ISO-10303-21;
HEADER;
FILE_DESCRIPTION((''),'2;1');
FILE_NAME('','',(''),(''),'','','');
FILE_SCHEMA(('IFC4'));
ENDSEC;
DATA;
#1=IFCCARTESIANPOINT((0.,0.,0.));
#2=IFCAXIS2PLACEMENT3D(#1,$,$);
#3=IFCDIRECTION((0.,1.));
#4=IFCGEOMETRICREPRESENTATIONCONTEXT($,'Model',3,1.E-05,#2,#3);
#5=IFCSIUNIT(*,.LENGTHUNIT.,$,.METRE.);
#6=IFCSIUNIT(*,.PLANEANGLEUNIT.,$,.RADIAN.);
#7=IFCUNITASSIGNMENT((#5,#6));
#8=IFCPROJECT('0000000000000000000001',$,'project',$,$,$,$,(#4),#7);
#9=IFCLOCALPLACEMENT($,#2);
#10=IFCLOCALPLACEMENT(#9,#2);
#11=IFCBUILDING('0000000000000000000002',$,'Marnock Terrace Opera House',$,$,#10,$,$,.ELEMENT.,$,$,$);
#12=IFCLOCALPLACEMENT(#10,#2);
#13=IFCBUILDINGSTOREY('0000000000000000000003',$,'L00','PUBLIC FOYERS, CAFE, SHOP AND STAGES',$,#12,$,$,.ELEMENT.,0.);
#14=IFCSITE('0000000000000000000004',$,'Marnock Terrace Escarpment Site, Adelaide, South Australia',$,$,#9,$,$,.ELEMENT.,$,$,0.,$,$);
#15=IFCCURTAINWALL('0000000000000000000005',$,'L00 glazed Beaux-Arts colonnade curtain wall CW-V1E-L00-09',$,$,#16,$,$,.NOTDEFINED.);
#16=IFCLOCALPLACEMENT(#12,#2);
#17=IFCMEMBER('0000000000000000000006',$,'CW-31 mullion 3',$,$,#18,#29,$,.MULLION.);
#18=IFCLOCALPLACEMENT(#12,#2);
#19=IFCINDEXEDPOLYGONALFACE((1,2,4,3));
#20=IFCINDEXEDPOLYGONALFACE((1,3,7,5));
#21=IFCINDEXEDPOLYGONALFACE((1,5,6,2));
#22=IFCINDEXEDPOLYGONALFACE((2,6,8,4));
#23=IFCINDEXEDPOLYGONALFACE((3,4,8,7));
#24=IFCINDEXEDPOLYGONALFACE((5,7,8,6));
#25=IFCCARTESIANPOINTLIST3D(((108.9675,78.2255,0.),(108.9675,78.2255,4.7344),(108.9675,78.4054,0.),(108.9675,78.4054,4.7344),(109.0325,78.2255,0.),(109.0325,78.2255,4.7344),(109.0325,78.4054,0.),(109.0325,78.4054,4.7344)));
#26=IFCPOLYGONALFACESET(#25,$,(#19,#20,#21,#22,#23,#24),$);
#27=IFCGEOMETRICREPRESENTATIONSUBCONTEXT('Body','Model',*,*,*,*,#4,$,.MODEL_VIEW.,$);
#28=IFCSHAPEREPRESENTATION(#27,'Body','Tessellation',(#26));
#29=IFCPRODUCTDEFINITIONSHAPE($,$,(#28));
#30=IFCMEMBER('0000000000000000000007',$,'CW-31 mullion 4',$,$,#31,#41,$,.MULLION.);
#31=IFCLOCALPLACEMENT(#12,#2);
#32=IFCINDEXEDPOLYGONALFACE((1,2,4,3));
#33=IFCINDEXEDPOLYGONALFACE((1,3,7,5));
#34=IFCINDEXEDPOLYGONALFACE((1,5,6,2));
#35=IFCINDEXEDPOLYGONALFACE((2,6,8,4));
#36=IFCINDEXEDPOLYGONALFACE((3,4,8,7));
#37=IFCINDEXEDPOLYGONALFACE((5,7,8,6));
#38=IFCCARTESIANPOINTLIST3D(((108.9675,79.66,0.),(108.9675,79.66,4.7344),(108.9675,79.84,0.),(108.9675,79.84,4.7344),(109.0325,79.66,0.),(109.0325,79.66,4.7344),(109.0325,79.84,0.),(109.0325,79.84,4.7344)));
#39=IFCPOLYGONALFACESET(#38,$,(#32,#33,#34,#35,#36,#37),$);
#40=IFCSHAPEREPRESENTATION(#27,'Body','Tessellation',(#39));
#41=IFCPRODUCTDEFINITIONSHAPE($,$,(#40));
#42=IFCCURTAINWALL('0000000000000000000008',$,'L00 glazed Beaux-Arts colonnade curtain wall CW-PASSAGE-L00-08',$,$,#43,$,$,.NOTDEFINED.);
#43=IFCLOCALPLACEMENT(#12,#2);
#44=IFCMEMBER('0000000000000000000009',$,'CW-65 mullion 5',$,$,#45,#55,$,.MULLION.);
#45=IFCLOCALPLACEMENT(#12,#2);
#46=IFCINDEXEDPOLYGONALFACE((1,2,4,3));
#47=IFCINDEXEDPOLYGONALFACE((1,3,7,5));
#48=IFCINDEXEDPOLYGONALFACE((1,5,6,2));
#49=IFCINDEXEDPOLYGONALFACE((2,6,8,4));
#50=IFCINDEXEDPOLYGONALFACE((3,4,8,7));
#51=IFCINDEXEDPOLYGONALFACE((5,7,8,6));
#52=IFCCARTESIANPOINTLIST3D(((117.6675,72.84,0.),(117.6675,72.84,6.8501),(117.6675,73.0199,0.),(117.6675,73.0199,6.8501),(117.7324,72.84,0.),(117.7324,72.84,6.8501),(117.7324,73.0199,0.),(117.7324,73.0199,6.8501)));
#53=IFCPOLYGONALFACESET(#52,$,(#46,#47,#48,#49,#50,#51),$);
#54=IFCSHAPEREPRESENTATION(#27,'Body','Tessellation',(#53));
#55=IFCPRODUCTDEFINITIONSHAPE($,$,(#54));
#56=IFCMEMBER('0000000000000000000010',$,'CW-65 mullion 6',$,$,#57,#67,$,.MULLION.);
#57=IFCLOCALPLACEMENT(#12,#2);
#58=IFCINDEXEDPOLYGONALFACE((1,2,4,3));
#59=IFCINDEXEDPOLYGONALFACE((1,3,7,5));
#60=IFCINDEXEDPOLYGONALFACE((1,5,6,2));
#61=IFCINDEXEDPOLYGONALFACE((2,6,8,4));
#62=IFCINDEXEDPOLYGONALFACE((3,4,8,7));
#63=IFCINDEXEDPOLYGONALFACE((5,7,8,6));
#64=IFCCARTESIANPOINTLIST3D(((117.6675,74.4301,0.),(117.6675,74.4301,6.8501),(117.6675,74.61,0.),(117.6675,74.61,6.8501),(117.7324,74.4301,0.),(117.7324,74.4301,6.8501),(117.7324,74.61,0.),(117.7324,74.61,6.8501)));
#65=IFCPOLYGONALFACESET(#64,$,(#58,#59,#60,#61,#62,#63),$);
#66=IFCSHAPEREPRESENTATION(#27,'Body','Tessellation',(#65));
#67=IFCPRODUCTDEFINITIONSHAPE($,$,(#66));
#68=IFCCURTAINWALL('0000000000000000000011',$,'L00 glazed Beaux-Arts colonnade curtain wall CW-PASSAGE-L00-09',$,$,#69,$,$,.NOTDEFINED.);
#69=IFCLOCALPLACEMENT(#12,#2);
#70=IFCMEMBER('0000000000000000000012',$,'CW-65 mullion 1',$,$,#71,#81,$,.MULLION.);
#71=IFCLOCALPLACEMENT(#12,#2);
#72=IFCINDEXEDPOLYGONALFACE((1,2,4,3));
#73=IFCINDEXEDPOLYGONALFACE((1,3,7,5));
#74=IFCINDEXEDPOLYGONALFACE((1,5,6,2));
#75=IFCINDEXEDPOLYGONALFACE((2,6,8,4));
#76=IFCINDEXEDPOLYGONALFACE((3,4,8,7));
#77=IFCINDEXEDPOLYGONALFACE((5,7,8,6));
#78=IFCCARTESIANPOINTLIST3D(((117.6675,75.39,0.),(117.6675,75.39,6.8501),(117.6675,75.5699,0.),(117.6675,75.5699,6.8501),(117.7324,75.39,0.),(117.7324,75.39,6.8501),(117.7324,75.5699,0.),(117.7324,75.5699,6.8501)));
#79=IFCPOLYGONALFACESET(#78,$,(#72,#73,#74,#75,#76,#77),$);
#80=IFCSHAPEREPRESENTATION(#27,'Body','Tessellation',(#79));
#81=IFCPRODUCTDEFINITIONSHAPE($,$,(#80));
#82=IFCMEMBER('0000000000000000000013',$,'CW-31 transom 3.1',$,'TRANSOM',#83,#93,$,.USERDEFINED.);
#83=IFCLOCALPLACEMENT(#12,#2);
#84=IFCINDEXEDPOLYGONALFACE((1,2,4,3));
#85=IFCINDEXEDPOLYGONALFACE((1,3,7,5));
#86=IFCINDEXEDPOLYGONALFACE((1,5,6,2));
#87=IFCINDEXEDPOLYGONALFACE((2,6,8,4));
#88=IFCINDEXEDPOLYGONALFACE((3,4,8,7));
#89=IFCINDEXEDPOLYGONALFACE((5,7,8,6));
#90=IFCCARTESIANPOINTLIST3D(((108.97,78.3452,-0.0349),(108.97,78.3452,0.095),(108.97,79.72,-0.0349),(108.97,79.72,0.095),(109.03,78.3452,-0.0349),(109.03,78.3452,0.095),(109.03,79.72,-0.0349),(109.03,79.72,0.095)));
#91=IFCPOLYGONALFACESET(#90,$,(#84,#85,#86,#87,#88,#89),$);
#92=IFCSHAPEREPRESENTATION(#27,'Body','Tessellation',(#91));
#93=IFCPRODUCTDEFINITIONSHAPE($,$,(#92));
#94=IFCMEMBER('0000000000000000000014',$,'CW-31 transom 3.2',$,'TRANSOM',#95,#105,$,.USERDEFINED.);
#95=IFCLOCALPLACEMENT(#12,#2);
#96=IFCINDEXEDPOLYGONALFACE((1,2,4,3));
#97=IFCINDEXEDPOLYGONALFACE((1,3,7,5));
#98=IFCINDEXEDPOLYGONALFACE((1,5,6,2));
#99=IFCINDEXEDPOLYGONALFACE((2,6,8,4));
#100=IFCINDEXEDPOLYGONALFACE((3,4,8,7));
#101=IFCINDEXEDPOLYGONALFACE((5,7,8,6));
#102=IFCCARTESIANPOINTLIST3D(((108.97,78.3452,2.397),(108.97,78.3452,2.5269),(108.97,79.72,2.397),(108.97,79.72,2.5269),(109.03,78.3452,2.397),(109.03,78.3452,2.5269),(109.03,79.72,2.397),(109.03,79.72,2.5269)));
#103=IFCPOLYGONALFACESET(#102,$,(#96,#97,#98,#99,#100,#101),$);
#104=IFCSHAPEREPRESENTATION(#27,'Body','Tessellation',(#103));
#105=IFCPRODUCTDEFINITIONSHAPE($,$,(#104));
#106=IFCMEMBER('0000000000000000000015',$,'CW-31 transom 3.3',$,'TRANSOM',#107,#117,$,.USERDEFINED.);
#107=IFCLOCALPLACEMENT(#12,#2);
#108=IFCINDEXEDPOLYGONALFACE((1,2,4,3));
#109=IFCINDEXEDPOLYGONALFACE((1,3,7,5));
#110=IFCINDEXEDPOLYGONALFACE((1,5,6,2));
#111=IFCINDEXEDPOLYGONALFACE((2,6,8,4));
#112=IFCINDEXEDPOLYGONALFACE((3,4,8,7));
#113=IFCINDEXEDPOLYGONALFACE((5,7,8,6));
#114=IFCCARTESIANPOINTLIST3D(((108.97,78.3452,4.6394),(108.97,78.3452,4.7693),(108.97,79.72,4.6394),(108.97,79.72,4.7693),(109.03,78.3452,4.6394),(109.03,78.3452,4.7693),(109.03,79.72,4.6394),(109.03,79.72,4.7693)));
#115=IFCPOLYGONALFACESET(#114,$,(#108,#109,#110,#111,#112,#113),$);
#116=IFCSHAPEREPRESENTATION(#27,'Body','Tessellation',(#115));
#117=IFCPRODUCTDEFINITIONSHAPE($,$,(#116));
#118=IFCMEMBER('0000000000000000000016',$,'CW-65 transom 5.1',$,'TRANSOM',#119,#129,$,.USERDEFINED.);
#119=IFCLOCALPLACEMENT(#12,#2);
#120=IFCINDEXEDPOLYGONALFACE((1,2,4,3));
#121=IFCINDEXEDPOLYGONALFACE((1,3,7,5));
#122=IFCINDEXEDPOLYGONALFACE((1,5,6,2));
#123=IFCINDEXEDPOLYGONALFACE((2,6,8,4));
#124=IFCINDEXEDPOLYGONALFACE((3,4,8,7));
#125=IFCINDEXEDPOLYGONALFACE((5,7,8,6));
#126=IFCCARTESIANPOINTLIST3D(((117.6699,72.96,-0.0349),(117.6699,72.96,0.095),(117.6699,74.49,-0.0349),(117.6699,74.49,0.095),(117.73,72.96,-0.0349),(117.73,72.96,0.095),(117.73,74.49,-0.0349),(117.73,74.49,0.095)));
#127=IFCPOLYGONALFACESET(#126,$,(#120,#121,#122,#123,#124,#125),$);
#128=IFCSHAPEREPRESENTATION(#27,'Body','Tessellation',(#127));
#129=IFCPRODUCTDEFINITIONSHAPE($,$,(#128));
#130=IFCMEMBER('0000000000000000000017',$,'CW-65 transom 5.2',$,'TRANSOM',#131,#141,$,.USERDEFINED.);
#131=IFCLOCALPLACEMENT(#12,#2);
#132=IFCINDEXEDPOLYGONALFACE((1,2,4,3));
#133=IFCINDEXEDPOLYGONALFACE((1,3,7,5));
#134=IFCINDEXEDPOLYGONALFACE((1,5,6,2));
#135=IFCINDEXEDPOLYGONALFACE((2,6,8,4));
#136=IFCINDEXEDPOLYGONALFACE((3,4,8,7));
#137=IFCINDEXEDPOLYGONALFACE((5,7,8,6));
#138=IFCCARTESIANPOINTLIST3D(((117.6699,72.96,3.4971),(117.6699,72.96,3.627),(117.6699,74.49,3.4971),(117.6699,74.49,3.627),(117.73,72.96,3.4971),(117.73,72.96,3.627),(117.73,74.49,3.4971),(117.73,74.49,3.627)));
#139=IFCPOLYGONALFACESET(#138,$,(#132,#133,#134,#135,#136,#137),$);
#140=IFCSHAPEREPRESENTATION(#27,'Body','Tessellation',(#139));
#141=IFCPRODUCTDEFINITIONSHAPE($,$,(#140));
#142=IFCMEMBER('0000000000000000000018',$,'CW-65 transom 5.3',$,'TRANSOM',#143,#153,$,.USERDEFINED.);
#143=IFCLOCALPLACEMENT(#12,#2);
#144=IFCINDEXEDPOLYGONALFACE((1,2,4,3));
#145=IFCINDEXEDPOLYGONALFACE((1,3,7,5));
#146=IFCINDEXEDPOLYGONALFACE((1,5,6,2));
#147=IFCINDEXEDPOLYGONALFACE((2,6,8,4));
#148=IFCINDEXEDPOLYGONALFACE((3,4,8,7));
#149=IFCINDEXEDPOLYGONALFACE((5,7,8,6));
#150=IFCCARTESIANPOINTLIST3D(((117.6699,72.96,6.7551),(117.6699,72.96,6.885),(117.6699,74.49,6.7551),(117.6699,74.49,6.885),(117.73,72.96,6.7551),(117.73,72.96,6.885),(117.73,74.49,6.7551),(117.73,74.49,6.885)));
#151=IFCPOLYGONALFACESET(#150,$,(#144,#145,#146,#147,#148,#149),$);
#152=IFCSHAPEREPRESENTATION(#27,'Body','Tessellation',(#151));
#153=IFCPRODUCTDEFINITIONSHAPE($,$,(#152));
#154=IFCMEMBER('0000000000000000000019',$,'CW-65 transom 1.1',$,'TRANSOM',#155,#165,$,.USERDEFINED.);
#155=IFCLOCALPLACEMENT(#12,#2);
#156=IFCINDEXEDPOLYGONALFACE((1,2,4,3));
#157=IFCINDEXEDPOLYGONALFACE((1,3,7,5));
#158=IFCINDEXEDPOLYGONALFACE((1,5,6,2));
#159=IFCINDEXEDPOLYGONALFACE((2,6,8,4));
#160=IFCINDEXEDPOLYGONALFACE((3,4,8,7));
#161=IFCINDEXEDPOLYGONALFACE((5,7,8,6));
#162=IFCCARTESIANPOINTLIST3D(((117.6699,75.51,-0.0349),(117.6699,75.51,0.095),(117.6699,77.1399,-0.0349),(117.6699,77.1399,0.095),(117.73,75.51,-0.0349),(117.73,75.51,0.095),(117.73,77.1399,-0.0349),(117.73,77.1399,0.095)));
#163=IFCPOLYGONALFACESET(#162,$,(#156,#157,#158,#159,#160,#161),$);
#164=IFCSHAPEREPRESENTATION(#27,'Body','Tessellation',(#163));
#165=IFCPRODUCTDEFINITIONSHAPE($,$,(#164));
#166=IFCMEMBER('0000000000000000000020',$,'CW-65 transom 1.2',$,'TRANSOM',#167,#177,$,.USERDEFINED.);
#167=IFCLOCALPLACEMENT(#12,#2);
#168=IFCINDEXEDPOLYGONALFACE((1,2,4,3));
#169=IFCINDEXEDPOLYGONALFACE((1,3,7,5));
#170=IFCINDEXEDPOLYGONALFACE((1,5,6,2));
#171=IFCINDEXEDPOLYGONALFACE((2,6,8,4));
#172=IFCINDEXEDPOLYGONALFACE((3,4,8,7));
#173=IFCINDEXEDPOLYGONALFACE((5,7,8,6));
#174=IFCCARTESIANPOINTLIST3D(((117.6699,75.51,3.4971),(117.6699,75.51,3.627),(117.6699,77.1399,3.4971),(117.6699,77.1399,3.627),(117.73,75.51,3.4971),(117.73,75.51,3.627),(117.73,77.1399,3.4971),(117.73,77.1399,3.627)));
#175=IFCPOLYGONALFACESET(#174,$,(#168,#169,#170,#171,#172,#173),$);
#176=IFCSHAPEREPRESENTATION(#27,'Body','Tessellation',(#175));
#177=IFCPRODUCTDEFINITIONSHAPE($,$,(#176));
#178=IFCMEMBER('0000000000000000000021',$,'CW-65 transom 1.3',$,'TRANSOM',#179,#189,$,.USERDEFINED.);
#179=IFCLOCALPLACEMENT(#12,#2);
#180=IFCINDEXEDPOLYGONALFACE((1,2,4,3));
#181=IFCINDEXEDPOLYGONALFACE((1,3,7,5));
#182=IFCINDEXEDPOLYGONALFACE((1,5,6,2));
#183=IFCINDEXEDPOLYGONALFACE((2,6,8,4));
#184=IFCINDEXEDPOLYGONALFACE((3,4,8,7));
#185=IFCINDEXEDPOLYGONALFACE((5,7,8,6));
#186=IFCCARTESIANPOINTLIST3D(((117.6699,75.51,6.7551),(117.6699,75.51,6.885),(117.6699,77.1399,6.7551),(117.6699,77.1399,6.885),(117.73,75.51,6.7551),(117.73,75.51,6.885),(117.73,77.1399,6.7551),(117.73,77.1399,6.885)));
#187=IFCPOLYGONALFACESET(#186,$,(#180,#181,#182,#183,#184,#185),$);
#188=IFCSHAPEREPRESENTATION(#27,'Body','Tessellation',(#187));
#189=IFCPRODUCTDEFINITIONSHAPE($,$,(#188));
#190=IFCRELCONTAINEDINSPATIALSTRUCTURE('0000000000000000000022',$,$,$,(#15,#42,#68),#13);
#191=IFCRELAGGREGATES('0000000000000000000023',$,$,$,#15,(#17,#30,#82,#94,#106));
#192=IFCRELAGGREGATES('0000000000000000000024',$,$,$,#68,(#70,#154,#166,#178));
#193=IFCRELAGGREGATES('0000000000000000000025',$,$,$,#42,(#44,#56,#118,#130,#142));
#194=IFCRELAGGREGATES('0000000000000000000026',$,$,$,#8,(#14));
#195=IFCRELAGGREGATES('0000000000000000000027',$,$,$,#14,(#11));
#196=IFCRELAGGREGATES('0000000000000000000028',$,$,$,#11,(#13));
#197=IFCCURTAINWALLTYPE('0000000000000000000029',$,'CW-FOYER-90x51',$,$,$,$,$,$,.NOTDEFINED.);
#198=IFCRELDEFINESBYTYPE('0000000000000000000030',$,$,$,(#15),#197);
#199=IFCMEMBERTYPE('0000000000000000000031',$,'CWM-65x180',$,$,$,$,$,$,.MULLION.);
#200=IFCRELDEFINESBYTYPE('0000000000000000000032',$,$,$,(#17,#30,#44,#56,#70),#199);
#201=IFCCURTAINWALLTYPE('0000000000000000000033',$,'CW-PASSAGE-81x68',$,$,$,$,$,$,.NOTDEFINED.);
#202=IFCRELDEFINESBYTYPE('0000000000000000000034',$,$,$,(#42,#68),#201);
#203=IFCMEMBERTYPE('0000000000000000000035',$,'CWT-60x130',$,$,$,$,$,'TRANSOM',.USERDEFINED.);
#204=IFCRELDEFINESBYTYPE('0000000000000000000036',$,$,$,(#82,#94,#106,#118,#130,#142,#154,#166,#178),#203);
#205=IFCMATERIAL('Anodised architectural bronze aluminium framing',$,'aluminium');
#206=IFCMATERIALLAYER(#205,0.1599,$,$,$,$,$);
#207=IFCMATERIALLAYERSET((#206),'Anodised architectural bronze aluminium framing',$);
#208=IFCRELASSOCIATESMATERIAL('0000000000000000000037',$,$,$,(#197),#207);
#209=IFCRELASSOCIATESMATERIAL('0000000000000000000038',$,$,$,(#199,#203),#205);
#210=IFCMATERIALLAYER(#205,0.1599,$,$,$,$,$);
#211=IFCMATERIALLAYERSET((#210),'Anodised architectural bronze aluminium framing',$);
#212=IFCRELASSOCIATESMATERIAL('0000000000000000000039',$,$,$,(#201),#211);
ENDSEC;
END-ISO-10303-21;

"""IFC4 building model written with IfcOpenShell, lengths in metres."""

from ifc_helpers import new_model, si_unit, direction, frame, origin, origin_2d, place, context, subcontext, project, spatial, rectangle, extrude, material, layer, layer_set, material_profile, profile_set, type_object, element, aggregate, save


model = new_model("IFC4")

# Units and contexts
model_context = context("Model", 3, precision=1e-05, world=origin(), true_north=direction((0.0, 1.0)))
body_context = subcontext(model_context, "Body", "Model", "MODEL_VIEW")
ifc_project = project(units=[si_unit("LENGTHUNIT", "METRE"), si_unit("PLANEANGLEUNIT", "RADIAN")], contexts=[model_context])

# Site, building, storey
site_placement = place(None, origin())
site = spatial("IfcSite", under=ifc_project, at=site_placement, Name="Marnock Terrace Escarpment Site, Adelaide, South Australia", CompositionType="ELEMENT", RefElevation=0.0)
building_placement = place(site_placement, origin())
building = spatial("IfcBuilding", under=site, at=building_placement, Name="Marnock Terrace Opera House", CompositionType="ELEMENT")
storey_placement = place(building_placement, origin())
storey = spatial("IfcBuildingStorey", under=building, at=storey_placement, Name="L00", Description="PUBLIC FOYERS, CAFE, SHOP AND STAGES", CompositionType="ELEMENT", Elevation=0.0)

# Curtain walls, members
ifc_material_1 = material(Name="Anodised architectural bronze aluminium framing", Category="aluminium")
ifc_layer_1 = layer(ifc_material_1, 0.1599)
ifc_layer_set_1 = layer_set([ifc_layer_1], Name="Anodised architectural bronze aluminium framing")
curtain_wall_type_1 = type_object("IfcCurtainWallType", Name="CW-FOYER-90x51", PredefinedType="NOTDEFINED", material=ifc_layer_set_1)
curtain_wall_1_placement = place(storey_placement, origin())
curtain_wall_1 = element("IfcCurtainWall", 1, at=curtain_wall_1_placement, inside=storey, type_object=curtain_wall_type_1, Name="L00 glazed Beaux-Arts colonnade curtain wall CW-V1E-L00-09", PredefinedType="NOTDEFINED")
ifc_material_profile_1 = material_profile(ifc_material_1, rectangle(XDim=0.0649, YDim=0.1799, at=origin_2d()))
ifc_profile_set_1 = profile_set([ifc_material_profile_1], Name="Anodised architectural bronze aluminium framing")
member_type_1 = type_object("IfcMemberType", Name="CWM-65x180", PredefinedType="MULLION", material=ifc_profile_set_1)
member_1_placement = place(storey_placement, frame((109.0, 78.3154, 0.0), z_axis=(0.0, 0.0, 1.0), x_axis=(-1.0, 0.0, 0.0)))
member_1 = element("IfcMember", 2, at=member_1_placement, type_object=member_type_1, Name="CW-31 mullion 3", PredefinedType="MULLION", context=body_context, shape_type="SweptSolid", body=[
    extrude(rectangle(XDim=0.0649, YDim=0.1799, at=origin_2d()), origin(), (0.0, 0.0, 1.0), 4.7344),
])
member_2_placement = place(storey_placement, frame((109.0, 79.75, 0.0), z_axis=(0.0, 0.0, 1.0), x_axis=(-1.0, 0.0, 0.0)))
member_2 = element("IfcMember", 3, at=member_2_placement, type_object=member_type_1, Name="CW-31 mullion 4", PredefinedType="MULLION", context=body_context, shape_type="SweptSolid", body=[
    extrude(rectangle(XDim=0.0649, YDim=0.1799, at=origin_2d()), origin(), (0.0, 0.0, 1.0), 4.7344),
])
ifc_layer_2 = layer(ifc_material_1, 0.1599)
ifc_layer_set_2 = layer_set([ifc_layer_2], Name="Anodised architectural bronze aluminium framing")
curtain_wall_type_2 = type_object("IfcCurtainWallType", Name="CW-PASSAGE-81x68", PredefinedType="NOTDEFINED", material=ifc_layer_set_2)
curtain_wall_2_placement = place(storey_placement, origin())
curtain_wall_2 = element("IfcCurtainWall", 4, at=curtain_wall_2_placement, inside=storey, type_object=curtain_wall_type_2, Name="L00 glazed Beaux-Arts colonnade curtain wall CW-PASSAGE-L00-08", PredefinedType="NOTDEFINED")
member_3_placement = place(storey_placement, frame((117.7, 72.9299, 0.0), z_axis=(0.0, 0.0, 1.0), x_axis=(-1.0, 0.0, 0.0)))
member_3 = element("IfcMember", 5, at=member_3_placement, type_object=member_type_1, Name="CW-65 mullion 5", PredefinedType="MULLION", context=body_context, shape_type="SweptSolid", body=[
    extrude(rectangle(XDim=0.0649, YDim=0.1799, at=origin_2d()), origin(), (0.0, 0.0, 1.0), 6.8501),
])
member_4_placement = place(storey_placement, frame((117.7, 74.52, 0.0), z_axis=(0.0, 0.0, 1.0), x_axis=(-1.0, 0.0, 0.0)))
member_4 = element("IfcMember", 6, at=member_4_placement, type_object=member_type_1, Name="CW-65 mullion 6", PredefinedType="MULLION", context=body_context, shape_type="SweptSolid", body=[
    extrude(rectangle(XDim=0.0649, YDim=0.1799, at=origin_2d()), origin(), (0.0, 0.0, 1.0), 6.8501),
])

# Curtain wall, member
curtain_wall_3_placement = place(storey_placement, origin())
curtain_wall_3 = element("IfcCurtainWall", 7, at=curtain_wall_3_placement, inside=storey, type_object=curtain_wall_type_2, Name="L00 glazed Beaux-Arts colonnade curtain wall CW-PASSAGE-L00-09", PredefinedType="NOTDEFINED")
member_5_placement = place(storey_placement, frame((117.7, 75.48, 0.0), z_axis=(0.0, 0.0, 1.0), x_axis=(-1.0, 0.0, 0.0)))
member_5 = element("IfcMember", 8, at=member_5_placement, type_object=member_type_1, Name="CW-65 mullion 1", PredefinedType="MULLION", context=body_context, shape_type="SweptSolid", body=[
    extrude(rectangle(XDim=0.0649, YDim=0.1799, at=origin_2d()), origin(), (0.0, 0.0, 1.0), 6.8501),
])

# Members
ifc_material_profile_2 = material_profile(ifc_material_1, rectangle(XDim=0.0601, YDim=0.1299, at=origin_2d()))
ifc_profile_set_2 = profile_set([ifc_material_profile_2], Name="Anodised architectural bronze aluminium framing")
member_type_2 = type_object("IfcMemberType", Name="CWT-60x130", ElementType="TRANSOM", PredefinedType="USERDEFINED", material=ifc_profile_set_2)
member_6_placement = place(storey_placement, frame((109.0, 78.3452, 0.03), z_axis=(0.0, 1.0, 0.0), x_axis=(-1.0, 0.0, 0.0)))
member_6 = element("IfcMember", 9, at=member_6_placement, type_object=member_type_2, Name="CW-31 transom 3.1", ObjectType="TRANSOM", PredefinedType="USERDEFINED", context=body_context, shape_type="SweptSolid", body=[
    extrude(rectangle(XDim=0.0601, YDim=0.1299, at=origin_2d()), origin(), (0.0, 0.0, 1.0), 1.3748),
])
member_7_placement = place(storey_placement, frame((109.0, 78.3452, 2.4619), z_axis=(0.0, 1.0, 0.0), x_axis=(-1.0, 0.0, 0.0)))
member_7 = element("IfcMember", 10, at=member_7_placement, type_object=member_type_2, Name="CW-31 transom 3.2", ObjectType="TRANSOM", PredefinedType="USERDEFINED", context=body_context, shape_type="SweptSolid", body=[
    extrude(rectangle(XDim=0.0601, YDim=0.1299, at=origin_2d()), origin(), (0.0, 0.0, 1.0), 1.3748),
])
member_8_placement = place(storey_placement, frame((109.0, 78.3452, 4.7043), z_axis=(0.0, 1.0, 0.0), x_axis=(-1.0, 0.0, 0.0)))
member_8 = element("IfcMember", 11, at=member_8_placement, type_object=member_type_2, Name="CW-31 transom 3.3", ObjectType="TRANSOM", PredefinedType="USERDEFINED", context=body_context, shape_type="SweptSolid", body=[
    extrude(rectangle(XDim=0.0601, YDim=0.1299, at=origin_2d()), origin(), (0.0, 0.0, 1.0), 1.3748),
])
member_9_placement = place(storey_placement, frame((117.7, 72.96, 0.03), z_axis=(0.0, 1.0, 0.0), x_axis=(-1.0, 0.0, 0.0)))
member_9 = element("IfcMember", 12, at=member_9_placement, type_object=member_type_2, Name="CW-65 transom 5.1", ObjectType="TRANSOM", PredefinedType="USERDEFINED", context=body_context, shape_type="SweptSolid", body=[
    extrude(rectangle(XDim=0.0601, YDim=0.1299, at=origin_2d()), origin(), (0.0, 0.0, 1.0), 1.53),
])
member_10_placement = place(storey_placement, frame((117.7, 72.96, 3.562), z_axis=(0.0, 1.0, 0.0), x_axis=(-1.0, 0.0, 0.0)))
member_10 = element("IfcMember", 13, at=member_10_placement, type_object=member_type_2, Name="CW-65 transom 5.2", ObjectType="TRANSOM", PredefinedType="USERDEFINED", context=body_context, shape_type="SweptSolid", body=[
    extrude(rectangle(XDim=0.0601, YDim=0.1299, at=origin_2d()), origin(), (0.0, 0.0, 1.0), 1.53),
])
member_11_placement = place(storey_placement, frame((117.7, 72.96, 6.8201), z_axis=(0.0, 1.0, 0.0), x_axis=(-1.0, 0.0, 0.0)))
member_11 = element("IfcMember", 14, at=member_11_placement, type_object=member_type_2, Name="CW-65 transom 5.3", ObjectType="TRANSOM", PredefinedType="USERDEFINED", context=body_context, shape_type="SweptSolid", body=[
    extrude(rectangle(XDim=0.0601, YDim=0.1299, at=origin_2d()), origin(), (0.0, 0.0, 1.0), 1.53),
])
member_12_placement = place(storey_placement, frame((117.7, 75.51, 0.03), z_axis=(0.0, 1.0, 0.0), x_axis=(-1.0, 0.0, 0.0)))
member_12 = element("IfcMember", 15, at=member_12_placement, type_object=member_type_2, Name="CW-65 transom 1.1", ObjectType="TRANSOM", PredefinedType="USERDEFINED", context=body_context, shape_type="SweptSolid", body=[
    extrude(rectangle(XDim=0.0601, YDim=0.1299, at=origin_2d()), origin(), (0.0, 0.0, 1.0), 1.6299),
])
member_13_placement = place(storey_placement, frame((117.7, 75.51, 3.562), z_axis=(0.0, 1.0, 0.0), x_axis=(-1.0, 0.0, 0.0)))
member_13 = element("IfcMember", 16, at=member_13_placement, type_object=member_type_2, Name="CW-65 transom 1.2", ObjectType="TRANSOM", PredefinedType="USERDEFINED", context=body_context, shape_type="SweptSolid", body=[
    extrude(rectangle(XDim=0.0601, YDim=0.1299, at=origin_2d()), origin(), (0.0, 0.0, 1.0), 1.6299),
])
member_14_placement = place(storey_placement, frame((117.7, 75.51, 6.8201), z_axis=(0.0, 1.0, 0.0), x_axis=(-1.0, 0.0, 0.0)))
member_14 = element("IfcMember", 17, at=member_14_placement, type_object=member_type_2, Name="CW-65 transom 1.3", ObjectType="TRANSOM", PredefinedType="USERDEFINED", context=body_context, shape_type="SweptSolid", body=[
    extrude(rectangle(XDim=0.0601, YDim=0.1299, at=origin_2d()), origin(), (0.0, 0.0, 1.0), 1.6299),
])

aggregate(curtain_wall_1, [member_1, member_2, member_6, member_7, member_8])
aggregate(curtain_wall_3, [member_5, member_12, member_13, member_14])
aggregate(curtain_wall_2, [member_3, member_4, member_9, member_10, member_11])

save(model, "model.ifc")
